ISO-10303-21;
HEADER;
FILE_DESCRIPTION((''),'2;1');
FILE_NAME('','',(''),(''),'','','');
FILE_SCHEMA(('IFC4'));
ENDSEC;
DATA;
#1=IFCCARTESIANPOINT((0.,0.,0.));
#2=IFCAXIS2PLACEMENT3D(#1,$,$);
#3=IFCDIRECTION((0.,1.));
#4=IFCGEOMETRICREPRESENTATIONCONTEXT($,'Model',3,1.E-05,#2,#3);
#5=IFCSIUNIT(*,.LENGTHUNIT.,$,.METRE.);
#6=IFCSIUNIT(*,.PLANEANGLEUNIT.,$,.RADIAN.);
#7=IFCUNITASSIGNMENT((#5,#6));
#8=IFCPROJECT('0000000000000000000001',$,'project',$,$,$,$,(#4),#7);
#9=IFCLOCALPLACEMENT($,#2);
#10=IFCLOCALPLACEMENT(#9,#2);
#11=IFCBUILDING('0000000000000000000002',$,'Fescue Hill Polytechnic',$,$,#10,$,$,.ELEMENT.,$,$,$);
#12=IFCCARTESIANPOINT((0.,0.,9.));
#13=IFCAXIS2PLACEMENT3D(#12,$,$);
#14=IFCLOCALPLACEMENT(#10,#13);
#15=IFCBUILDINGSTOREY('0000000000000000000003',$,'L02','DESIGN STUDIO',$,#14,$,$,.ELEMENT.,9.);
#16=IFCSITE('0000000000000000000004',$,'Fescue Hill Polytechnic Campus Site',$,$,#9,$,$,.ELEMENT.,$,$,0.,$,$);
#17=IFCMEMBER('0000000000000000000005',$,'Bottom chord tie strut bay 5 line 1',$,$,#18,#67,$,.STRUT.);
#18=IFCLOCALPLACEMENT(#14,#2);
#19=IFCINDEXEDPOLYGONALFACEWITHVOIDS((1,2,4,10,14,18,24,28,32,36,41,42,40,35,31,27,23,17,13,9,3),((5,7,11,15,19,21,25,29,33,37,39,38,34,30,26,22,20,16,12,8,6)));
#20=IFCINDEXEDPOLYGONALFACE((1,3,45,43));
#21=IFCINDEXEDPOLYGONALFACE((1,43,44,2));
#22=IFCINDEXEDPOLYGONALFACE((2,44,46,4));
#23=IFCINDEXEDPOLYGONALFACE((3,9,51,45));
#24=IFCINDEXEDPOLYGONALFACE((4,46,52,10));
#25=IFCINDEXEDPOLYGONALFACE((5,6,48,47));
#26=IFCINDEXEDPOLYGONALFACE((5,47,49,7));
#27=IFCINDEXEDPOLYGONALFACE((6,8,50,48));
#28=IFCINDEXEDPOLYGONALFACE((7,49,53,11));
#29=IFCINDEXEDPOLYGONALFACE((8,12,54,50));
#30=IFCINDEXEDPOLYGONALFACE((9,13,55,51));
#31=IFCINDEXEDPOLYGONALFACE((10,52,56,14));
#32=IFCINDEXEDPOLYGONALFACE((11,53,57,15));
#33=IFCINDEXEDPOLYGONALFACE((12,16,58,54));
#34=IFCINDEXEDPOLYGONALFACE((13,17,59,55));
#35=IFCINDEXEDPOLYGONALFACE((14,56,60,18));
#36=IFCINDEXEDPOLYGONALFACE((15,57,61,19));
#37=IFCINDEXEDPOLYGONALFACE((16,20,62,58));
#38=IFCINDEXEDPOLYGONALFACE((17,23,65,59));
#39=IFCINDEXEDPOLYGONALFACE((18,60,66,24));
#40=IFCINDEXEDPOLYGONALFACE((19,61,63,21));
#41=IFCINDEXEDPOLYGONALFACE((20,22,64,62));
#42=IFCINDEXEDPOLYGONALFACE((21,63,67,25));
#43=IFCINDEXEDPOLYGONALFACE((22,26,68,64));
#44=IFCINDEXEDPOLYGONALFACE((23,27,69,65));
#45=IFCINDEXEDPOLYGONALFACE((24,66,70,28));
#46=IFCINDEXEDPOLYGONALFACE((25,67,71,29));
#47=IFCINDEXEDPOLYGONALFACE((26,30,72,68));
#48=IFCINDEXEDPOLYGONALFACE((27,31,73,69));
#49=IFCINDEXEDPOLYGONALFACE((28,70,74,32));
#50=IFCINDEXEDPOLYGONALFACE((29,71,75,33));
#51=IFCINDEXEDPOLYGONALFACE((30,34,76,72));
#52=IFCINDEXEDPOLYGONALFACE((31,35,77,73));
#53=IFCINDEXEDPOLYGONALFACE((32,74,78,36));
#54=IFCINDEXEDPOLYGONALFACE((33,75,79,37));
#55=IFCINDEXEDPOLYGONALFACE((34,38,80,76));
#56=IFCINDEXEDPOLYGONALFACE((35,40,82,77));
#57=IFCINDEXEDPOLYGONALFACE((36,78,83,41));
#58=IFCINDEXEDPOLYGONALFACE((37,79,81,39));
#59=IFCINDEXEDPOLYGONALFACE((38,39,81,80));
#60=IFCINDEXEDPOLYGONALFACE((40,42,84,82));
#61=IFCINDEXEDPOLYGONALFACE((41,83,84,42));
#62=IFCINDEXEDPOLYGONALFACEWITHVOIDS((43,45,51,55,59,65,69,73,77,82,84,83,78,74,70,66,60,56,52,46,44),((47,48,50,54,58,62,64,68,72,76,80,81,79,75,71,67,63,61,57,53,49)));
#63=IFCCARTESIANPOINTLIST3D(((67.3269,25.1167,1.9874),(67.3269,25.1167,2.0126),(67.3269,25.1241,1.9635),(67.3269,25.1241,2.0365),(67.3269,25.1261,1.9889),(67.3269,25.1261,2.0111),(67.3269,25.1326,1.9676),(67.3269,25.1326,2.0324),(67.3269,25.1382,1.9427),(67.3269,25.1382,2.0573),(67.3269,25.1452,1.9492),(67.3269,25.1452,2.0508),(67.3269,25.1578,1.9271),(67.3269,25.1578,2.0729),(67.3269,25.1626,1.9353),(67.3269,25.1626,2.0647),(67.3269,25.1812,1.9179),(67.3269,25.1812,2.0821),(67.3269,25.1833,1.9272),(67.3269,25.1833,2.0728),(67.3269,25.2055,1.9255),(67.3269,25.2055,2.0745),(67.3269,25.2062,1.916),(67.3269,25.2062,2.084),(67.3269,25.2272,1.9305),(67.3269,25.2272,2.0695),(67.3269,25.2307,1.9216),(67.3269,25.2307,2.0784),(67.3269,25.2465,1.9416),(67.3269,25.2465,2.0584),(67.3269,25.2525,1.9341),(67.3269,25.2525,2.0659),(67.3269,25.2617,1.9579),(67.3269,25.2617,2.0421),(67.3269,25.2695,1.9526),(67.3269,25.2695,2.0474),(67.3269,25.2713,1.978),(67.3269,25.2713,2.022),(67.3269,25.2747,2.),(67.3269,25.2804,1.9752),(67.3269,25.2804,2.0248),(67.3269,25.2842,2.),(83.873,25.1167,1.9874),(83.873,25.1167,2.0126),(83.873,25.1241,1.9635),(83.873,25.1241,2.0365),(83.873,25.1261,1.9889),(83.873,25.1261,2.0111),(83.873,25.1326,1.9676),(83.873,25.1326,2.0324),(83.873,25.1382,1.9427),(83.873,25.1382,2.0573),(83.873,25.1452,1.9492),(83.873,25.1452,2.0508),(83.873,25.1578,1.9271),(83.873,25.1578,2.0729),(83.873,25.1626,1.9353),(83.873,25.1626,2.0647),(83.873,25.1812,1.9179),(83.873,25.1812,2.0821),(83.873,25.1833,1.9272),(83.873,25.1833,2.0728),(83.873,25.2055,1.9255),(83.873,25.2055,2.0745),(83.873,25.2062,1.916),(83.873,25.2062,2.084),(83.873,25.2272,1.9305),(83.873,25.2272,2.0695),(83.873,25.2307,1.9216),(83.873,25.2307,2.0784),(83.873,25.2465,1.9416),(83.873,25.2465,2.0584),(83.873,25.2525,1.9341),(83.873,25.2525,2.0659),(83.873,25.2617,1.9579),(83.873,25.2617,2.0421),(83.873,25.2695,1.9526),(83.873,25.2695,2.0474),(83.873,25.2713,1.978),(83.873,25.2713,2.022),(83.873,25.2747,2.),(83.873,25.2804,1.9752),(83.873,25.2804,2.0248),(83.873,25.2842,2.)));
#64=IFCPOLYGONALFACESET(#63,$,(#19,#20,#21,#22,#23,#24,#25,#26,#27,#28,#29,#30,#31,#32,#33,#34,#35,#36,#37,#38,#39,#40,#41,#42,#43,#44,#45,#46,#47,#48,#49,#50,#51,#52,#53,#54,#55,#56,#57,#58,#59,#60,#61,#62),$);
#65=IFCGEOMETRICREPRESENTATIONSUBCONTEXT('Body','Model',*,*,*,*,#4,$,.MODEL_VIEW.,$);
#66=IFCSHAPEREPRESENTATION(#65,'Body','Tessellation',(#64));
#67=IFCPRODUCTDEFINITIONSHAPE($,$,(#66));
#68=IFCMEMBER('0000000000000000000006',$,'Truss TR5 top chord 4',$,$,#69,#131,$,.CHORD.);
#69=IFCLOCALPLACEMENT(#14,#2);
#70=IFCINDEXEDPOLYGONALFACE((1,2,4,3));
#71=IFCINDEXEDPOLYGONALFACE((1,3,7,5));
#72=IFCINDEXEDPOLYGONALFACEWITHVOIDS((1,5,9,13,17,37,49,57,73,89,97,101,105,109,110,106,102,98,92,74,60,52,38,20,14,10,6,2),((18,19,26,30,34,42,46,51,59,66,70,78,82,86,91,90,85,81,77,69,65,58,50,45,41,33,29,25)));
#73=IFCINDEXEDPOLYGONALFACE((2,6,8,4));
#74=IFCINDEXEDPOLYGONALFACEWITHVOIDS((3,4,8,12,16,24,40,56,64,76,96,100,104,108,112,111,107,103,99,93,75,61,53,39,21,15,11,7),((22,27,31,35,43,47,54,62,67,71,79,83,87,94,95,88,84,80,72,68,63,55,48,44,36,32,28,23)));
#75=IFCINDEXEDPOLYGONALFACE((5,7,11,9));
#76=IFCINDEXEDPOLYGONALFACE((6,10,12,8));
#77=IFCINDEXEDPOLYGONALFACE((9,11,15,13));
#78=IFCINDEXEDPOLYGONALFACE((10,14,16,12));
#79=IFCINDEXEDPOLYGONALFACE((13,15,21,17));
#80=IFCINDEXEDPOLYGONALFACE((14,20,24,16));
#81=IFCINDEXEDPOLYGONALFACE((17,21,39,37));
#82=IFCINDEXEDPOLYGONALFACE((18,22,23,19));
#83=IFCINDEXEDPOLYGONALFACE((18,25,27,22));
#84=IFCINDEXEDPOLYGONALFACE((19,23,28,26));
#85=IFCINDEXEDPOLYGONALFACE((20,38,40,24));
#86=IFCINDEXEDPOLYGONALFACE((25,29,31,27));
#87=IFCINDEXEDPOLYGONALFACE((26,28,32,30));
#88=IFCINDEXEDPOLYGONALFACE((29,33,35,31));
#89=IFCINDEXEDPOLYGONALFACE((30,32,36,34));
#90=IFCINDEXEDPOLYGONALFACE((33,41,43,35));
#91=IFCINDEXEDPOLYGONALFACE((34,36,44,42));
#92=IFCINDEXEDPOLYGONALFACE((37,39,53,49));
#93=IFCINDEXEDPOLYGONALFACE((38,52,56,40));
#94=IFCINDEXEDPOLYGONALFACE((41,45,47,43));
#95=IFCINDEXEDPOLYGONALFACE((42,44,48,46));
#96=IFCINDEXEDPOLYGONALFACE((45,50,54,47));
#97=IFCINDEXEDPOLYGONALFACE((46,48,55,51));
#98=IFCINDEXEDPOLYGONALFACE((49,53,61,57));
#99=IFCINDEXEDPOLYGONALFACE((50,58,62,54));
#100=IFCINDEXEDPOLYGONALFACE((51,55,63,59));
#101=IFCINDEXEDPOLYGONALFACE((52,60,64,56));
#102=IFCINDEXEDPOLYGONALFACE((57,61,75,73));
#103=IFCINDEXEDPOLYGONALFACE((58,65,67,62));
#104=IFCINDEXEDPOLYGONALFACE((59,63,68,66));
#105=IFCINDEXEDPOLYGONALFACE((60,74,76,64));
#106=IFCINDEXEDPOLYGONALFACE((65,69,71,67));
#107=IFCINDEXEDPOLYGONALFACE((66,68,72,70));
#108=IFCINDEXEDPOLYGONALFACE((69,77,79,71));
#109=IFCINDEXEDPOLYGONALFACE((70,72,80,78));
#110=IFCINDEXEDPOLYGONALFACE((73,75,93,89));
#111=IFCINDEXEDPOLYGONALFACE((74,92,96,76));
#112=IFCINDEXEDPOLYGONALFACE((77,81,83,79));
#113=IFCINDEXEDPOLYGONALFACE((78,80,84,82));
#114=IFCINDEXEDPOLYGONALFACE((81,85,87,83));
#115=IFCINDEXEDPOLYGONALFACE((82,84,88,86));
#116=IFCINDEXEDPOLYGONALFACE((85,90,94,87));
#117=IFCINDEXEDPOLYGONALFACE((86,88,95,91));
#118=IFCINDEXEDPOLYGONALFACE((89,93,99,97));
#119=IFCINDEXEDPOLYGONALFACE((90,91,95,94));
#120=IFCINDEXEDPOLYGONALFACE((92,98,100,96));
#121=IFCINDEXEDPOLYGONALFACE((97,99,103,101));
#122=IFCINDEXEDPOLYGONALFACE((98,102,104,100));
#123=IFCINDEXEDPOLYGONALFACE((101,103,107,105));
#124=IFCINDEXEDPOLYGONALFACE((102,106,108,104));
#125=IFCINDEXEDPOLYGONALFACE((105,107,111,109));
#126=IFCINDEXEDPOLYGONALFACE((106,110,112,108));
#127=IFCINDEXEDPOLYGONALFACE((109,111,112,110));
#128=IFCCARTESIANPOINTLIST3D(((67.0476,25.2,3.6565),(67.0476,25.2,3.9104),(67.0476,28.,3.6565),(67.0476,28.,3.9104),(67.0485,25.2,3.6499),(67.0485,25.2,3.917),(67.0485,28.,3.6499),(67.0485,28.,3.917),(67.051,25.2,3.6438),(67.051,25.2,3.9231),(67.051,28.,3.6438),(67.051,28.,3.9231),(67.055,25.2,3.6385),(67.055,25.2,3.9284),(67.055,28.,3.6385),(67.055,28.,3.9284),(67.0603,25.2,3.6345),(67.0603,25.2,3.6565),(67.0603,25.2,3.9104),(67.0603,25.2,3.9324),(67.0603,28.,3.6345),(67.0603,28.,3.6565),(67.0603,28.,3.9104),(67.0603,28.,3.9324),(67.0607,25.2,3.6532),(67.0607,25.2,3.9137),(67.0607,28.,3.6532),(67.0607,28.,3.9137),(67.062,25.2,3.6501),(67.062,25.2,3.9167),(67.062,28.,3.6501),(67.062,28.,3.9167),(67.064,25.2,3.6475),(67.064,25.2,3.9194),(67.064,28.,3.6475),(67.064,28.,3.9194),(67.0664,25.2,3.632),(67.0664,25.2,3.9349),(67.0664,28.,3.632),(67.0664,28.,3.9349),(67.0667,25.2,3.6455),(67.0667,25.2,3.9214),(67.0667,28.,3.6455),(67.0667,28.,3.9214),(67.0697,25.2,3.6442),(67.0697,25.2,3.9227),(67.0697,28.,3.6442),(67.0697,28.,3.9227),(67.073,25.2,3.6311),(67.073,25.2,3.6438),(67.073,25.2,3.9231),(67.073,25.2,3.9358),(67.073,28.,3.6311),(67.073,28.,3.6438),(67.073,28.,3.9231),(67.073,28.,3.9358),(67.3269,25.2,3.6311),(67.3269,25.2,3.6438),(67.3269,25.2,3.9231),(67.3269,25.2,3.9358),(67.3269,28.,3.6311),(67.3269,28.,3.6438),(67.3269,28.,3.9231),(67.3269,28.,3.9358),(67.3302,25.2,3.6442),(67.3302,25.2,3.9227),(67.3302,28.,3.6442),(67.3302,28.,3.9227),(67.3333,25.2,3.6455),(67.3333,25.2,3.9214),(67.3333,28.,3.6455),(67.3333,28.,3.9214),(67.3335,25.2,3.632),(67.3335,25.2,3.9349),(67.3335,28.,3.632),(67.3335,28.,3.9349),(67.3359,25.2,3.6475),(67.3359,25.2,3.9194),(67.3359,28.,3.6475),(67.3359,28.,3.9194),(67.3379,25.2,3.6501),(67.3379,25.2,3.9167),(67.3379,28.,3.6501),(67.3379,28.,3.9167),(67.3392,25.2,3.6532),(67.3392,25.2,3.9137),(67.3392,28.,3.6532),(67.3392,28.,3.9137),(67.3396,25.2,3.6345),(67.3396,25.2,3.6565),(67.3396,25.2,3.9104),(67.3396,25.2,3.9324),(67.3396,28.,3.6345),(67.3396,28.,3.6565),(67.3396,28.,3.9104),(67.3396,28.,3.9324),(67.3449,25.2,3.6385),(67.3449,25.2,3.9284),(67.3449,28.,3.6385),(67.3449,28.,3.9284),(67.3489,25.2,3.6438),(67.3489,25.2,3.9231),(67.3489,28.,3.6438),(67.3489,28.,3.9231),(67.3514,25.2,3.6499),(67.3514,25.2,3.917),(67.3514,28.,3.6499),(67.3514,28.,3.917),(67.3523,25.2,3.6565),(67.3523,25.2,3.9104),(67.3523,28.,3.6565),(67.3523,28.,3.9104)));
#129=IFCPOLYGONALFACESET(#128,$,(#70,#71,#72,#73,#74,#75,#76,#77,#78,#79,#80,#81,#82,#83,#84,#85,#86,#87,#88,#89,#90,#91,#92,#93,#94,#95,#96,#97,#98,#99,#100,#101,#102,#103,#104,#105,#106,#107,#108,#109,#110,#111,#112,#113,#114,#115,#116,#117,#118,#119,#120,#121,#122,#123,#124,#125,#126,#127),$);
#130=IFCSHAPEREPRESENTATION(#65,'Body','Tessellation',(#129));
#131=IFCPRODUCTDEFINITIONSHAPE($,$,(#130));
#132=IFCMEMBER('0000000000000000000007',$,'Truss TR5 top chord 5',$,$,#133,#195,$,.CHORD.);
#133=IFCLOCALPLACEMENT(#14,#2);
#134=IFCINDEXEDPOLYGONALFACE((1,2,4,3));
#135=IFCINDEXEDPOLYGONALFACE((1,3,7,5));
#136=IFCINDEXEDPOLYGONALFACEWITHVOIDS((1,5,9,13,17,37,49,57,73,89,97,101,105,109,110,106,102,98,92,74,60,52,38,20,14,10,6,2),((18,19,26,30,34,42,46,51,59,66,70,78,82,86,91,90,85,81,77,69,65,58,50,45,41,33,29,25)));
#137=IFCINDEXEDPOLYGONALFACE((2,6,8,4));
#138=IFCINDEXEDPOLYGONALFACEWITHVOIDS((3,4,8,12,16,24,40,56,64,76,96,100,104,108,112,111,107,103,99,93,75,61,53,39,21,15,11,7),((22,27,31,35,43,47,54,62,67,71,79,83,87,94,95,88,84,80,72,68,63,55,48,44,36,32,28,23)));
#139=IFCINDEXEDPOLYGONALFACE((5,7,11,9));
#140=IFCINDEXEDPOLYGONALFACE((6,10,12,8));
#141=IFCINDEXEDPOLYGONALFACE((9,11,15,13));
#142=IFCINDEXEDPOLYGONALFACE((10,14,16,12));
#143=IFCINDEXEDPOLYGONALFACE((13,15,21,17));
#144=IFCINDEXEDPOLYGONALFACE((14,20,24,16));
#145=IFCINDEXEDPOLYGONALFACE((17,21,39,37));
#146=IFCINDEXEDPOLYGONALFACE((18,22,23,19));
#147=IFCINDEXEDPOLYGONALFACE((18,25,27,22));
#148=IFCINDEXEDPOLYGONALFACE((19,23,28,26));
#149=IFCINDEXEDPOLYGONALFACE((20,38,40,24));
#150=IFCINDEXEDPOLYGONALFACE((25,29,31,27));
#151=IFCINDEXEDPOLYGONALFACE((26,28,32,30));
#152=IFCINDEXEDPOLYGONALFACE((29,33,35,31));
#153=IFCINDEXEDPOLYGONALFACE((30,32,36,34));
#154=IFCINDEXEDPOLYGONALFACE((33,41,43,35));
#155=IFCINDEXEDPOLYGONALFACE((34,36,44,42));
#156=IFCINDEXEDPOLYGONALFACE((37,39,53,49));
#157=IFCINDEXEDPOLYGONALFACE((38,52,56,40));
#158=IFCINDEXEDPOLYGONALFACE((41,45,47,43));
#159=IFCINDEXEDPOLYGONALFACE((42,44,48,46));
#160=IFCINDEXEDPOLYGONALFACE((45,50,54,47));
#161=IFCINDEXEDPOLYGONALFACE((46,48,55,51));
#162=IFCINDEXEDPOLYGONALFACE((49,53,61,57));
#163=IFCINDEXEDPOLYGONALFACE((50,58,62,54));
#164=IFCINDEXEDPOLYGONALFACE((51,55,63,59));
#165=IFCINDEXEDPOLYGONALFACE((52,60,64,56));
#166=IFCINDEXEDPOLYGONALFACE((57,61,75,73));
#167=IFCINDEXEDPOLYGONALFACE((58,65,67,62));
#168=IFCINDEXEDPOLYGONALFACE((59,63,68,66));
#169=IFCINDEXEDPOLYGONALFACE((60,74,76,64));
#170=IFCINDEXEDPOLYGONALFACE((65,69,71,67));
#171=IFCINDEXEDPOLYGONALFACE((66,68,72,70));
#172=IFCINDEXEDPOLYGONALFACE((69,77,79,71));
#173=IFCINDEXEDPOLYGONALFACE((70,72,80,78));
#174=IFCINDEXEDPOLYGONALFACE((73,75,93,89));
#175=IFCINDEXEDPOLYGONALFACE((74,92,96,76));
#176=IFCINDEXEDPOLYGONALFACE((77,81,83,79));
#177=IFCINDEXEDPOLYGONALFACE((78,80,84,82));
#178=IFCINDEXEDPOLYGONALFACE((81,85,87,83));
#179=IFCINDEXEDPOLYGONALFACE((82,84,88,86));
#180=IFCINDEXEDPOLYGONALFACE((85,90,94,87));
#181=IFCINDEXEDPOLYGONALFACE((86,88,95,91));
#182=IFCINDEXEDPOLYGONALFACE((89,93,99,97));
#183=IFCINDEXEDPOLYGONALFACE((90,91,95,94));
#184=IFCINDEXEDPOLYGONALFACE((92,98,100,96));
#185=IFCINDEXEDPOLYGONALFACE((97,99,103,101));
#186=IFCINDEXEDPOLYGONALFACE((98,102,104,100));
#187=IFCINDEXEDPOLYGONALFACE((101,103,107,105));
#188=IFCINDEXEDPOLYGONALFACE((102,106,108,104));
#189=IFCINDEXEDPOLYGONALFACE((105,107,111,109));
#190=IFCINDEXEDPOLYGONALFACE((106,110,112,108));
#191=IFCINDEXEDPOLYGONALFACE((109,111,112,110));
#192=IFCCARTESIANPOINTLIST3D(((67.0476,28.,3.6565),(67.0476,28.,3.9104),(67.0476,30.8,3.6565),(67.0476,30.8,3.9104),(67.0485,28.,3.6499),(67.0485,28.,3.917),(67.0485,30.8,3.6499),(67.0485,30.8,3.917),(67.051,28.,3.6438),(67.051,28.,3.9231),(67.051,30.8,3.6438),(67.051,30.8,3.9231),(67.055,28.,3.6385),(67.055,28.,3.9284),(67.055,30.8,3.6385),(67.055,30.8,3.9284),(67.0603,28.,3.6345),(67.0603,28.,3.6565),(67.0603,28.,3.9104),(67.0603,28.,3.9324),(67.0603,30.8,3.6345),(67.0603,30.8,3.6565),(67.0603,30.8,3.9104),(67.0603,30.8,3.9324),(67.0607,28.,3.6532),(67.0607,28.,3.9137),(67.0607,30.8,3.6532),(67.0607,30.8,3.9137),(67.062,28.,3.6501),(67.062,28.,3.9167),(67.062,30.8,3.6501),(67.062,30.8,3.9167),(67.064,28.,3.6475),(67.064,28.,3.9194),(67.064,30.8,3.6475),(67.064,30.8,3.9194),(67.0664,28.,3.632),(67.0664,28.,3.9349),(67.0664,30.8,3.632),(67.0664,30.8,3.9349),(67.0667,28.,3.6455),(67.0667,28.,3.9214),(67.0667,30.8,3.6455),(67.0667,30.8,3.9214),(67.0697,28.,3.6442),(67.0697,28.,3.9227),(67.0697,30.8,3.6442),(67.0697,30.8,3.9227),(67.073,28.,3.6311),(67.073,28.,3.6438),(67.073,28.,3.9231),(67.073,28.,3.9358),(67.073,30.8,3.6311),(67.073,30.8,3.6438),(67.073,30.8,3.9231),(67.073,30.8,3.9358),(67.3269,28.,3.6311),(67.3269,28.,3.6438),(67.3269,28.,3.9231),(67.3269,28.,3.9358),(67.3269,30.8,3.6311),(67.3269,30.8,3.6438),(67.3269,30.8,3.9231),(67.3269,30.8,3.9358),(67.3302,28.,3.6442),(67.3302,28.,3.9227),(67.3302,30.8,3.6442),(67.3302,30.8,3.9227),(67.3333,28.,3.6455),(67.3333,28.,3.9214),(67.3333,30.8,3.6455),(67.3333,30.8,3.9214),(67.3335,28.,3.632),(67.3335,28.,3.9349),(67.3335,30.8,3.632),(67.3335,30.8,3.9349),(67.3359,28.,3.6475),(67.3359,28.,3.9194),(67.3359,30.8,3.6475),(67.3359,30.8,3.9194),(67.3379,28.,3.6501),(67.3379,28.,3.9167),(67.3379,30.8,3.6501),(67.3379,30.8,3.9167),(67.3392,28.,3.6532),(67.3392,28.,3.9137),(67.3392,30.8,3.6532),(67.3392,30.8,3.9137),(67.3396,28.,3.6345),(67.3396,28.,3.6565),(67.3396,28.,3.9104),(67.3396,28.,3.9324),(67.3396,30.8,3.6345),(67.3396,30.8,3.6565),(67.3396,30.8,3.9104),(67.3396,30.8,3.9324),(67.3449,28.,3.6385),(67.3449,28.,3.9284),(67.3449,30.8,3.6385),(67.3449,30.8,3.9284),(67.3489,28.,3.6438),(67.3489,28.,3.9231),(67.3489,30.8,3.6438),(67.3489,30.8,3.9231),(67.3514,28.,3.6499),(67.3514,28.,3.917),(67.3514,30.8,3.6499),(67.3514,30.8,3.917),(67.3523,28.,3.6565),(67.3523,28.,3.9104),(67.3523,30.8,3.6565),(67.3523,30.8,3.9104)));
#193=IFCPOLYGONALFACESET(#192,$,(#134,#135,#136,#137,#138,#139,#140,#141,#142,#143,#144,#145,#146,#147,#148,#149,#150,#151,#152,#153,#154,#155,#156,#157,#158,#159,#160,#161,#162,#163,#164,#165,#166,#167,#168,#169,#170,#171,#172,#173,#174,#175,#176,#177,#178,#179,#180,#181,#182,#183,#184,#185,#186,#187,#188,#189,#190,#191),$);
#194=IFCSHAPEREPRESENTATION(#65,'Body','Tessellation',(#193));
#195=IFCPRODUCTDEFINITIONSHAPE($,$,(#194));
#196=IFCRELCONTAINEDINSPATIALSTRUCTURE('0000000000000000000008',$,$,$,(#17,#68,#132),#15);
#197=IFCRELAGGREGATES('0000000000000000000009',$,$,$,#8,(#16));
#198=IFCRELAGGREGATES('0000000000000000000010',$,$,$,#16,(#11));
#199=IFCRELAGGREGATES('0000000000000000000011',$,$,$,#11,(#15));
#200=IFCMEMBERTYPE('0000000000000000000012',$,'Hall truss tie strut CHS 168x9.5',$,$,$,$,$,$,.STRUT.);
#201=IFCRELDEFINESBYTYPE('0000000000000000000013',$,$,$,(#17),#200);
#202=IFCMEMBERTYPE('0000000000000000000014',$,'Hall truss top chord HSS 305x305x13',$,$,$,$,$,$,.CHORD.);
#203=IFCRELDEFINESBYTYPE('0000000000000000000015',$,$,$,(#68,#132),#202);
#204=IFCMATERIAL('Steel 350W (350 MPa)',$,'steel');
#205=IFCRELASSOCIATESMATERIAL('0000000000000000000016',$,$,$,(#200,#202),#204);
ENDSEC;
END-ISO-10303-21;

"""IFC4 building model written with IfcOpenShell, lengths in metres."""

from ifc_helpers import new_model, si_unit, direction, frame, origin, origin_2d, place, context, subcontext, project, spatial, hollow_rectangle, hollow_circle, extrude, material, material_profile, profile_set, type_object, element, save


model = new_model("IFC4")

# Units and contexts
model_context = context("Model", 3, precision=1e-05, world=origin(), true_north=direction((0.0, 1.0)))
body_context = subcontext(model_context, "Body", "Model", "MODEL_VIEW")
ifc_project = project(units=[si_unit("LENGTHUNIT", "METRE"), si_unit("PLANEANGLEUNIT", "RADIAN")], contexts=[model_context])

# Site, building, storey
site_placement = place(None, origin())
site = spatial("IfcSite", under=ifc_project, at=site_placement, Name="Fescue Hill Polytechnic Campus Site", CompositionType="ELEMENT", RefElevation=0.0)
building_placement = place(site_placement, origin())
building = spatial("IfcBuilding", under=site, at=building_placement, Name="Fescue Hill Polytechnic", CompositionType="ELEMENT")
storey_placement = place(building_placement, frame((0.0, 0.0, 9.0)))
storey = spatial("IfcBuildingStorey", under=building, at=storey_placement, Name="L02", Description="DESIGN STUDIO", CompositionType="ELEMENT", Elevation=9.0)

# Members
ifc_material = material(Name="Steel 350W (350 MPa)", Category="steel")
ifc_material_profile_1 = material_profile(ifc_material, hollow_circle(Radius=0.0842, WallThickness=0.0095, at=origin_2d()), Name="Hall truss tie strut CHS 168x9.5")
ifc_profile_set_1 = profile_set([ifc_material_profile_1], Name="Steel 350W (350 MPa)")
member_type_1 = type_object("IfcMemberType", Name="Hall truss tie strut CHS 168x9.5", PredefinedType="STRUT", material=ifc_profile_set_1)
member_1_placement = place(storey_placement, frame((67.3269, 25.2, 2.0), z_axis=(1.0, 0.0, 0.0), x_axis=(0.0, 1.0, 0.0)))
element("IfcMember", 1, at=member_1_placement, inside=storey, type_object=member_type_1, Name="Bottom chord tie strut bay 5 line 1", PredefinedType="STRUT", context=body_context, shape_type="SweptSolid", body=[
    extrude(hollow_circle(Radius=0.0842, WallThickness=0.0095, at=origin_2d()), origin(), (0.0, 0.0, 1.0), 16.5461),
])
ifc_material_profile_2 = material_profile(ifc_material, hollow_rectangle(XDim=0.3047, YDim=0.3047, WallThickness=0.0127, InnerFilletRadius=0.0127, OuterFilletRadius=0.0254, at=origin_2d()), Name="Hall truss top chord HSS 305x305x13")
ifc_profile_set_2 = profile_set([ifc_material_profile_2], Name="Steel 350W (350 MPa)")
member_type_2 = type_object("IfcMemberType", Name="Hall truss top chord HSS 305x305x13", PredefinedType="CHORD", material=ifc_profile_set_2)
for number, where, z_axis, x_axis, name in (
    (2, (67.2, 25.2, 3.7834), (0.0, 1.0, 0.0), (-1.0, 0.0, 0.0), "Truss TR5 top chord 4"),
    (3, (67.2, 28.0, 3.7834), (0.0, 1.0, 0.0), (-1.0, 0.0, 0.0), "Truss TR5 top chord 5"),
):
    element("IfcMember", number, at=place(storey_placement, frame(where, z_axis=z_axis, x_axis=x_axis)), inside=storey, type_object=member_type_2, Name=name, PredefinedType="CHORD", context=body_context, shape_type="SweptSolid", body=[
        extrude(hollow_rectangle(XDim=0.3047, YDim=0.3047, WallThickness=0.0127, InnerFilletRadius=0.0127, OuterFilletRadius=0.0254, at=origin_2d()), origin(), (0.0, 0.0, 1.0), 2.8),
    ])

save(model, "model.ifc")
